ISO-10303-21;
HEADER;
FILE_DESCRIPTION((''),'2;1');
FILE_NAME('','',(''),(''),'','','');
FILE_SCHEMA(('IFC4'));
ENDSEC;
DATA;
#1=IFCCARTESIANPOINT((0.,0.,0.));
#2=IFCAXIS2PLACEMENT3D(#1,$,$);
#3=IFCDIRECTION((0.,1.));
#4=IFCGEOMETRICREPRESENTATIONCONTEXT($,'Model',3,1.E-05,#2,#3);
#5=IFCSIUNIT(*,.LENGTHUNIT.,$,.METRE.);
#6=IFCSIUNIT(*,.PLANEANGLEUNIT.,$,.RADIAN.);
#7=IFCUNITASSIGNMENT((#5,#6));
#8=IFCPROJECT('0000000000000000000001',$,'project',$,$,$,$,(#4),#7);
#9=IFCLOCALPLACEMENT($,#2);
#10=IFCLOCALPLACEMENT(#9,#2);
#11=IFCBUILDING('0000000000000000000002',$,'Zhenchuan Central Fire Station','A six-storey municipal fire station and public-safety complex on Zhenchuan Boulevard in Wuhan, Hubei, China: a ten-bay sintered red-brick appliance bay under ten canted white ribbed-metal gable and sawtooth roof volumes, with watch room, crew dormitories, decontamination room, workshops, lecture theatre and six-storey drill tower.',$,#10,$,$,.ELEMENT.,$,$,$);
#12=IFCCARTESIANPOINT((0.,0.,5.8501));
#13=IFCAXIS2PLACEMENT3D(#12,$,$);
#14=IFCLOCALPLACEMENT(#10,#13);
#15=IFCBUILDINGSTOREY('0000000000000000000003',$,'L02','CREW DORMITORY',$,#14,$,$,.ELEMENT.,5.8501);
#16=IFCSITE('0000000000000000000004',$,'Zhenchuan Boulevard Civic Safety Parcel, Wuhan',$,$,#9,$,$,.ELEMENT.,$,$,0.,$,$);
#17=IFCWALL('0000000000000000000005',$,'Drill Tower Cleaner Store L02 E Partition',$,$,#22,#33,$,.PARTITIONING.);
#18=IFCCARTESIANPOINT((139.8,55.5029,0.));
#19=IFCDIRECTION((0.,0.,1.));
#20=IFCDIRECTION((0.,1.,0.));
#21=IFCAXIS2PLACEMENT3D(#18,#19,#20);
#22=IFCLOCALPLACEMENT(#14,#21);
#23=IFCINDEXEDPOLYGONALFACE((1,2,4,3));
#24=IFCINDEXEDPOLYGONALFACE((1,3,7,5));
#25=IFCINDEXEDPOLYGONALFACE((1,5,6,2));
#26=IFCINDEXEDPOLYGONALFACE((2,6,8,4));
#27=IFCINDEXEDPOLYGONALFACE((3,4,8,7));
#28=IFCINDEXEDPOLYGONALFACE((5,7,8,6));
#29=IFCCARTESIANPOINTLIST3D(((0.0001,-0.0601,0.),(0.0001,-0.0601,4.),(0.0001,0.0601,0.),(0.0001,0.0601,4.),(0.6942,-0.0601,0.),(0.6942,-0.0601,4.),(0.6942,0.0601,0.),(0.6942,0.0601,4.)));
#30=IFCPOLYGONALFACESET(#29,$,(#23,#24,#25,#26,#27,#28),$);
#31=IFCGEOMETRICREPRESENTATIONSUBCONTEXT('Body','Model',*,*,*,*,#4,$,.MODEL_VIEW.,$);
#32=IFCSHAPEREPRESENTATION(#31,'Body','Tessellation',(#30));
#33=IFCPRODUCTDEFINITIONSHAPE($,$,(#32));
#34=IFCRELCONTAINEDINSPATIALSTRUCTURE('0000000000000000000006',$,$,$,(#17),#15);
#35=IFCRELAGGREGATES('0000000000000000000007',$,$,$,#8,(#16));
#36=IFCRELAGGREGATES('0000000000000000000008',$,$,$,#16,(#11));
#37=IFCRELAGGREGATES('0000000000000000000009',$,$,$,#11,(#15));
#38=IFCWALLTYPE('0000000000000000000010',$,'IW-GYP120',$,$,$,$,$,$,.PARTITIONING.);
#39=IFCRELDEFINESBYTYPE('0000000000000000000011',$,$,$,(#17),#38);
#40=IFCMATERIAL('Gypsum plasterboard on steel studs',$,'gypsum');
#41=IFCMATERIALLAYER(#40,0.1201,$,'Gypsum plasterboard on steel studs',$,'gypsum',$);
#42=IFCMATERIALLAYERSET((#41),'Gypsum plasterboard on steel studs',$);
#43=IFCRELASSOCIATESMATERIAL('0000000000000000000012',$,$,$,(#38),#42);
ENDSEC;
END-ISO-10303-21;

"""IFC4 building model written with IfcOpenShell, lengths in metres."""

from ifc_helpers import new_model, si_unit, direction, frame, frame_2d, origin, place, context, subcontext, project, spatial, rectangle, extrude, material, layer, layer_set, type_object, element, save


model = new_model("IFC4")

# Units and contexts
model_context = context("Model", 3, precision=1e-05, world=origin(), true_north=direction((0.0, 1.0)))
body_context = subcontext(model_context, "Body", "Model", "MODEL_VIEW")
ifc_project = project(units=[si_unit("LENGTHUNIT", "METRE"), si_unit("PLANEANGLEUNIT", "RADIAN")], contexts=[model_context])

# Site, building, storey
site_placement = place(None, origin())
site = spatial("IfcSite", under=ifc_project, at=site_placement, Name="Zhenchuan Boulevard Civic Safety Parcel, Wuhan", CompositionType="ELEMENT", RefElevation=0.0)
building_placement = place(site_placement, origin())
building = spatial("IfcBuilding", under=site, at=building_placement, Name="Zhenchuan Central Fire Station", Description="A six-storey municipal fire station and public-safety complex on Zhenchuan Boulevard in Wuhan, Hubei, China: a ten-bay sintered red-brick appliance bay under ten canted white ribbed-metal gable and sawtooth roof volumes, with watch room, crew dormitories, decontamination room, workshops, lecture theatre and six-storey drill tower.", CompositionType="ELEMENT")
storey_placement = place(building_placement, frame((0.0, 0.0, 5.8501)))
storey = spatial("IfcBuildingStorey", under=building, at=storey_placement, Name="L02", Description="CREW DORMITORY", CompositionType="ELEMENT", Elevation=5.8501)

# Shared definitions
ifc_material_1 = material(Name="Gypsum plasterboard on steel studs", Category="gypsum")
ifc_layer_1 = layer(ifc_material_1, 0.1201, Name="Gypsum plasterboard on steel studs", Category="gypsum")
ifc_layer_set_1 = layer_set([ifc_layer_1], Name="Gypsum plasterboard on steel studs")
wall_type_1 = type_object("IfcWallType", Name="IW-GYP120", PredefinedType="PARTITIONING", material=ifc_layer_set_1)

# Wall
wall_1_placement = place(storey_placement, frame((139.8, 55.5029, 0.0), z_axis=(0.0, 0.0, 1.0), x_axis=(0.0, 1.0, 0.0)))
element("IfcWall", 1, at=wall_1_placement, inside=storey, type_object=wall_type_1, Name="Drill Tower Cleaner Store L02 E Partition", PredefinedType="PARTITIONING", context=body_context, shape_type="SweptSolid", body=[
    extrude(rectangle(XDim=0.6941, YDim=0.1201, at=frame_2d((0.3472, 0.0))), origin(), (0.0, 0.0, 1.0), 4.0),
])

save(model, "model.ifc")
